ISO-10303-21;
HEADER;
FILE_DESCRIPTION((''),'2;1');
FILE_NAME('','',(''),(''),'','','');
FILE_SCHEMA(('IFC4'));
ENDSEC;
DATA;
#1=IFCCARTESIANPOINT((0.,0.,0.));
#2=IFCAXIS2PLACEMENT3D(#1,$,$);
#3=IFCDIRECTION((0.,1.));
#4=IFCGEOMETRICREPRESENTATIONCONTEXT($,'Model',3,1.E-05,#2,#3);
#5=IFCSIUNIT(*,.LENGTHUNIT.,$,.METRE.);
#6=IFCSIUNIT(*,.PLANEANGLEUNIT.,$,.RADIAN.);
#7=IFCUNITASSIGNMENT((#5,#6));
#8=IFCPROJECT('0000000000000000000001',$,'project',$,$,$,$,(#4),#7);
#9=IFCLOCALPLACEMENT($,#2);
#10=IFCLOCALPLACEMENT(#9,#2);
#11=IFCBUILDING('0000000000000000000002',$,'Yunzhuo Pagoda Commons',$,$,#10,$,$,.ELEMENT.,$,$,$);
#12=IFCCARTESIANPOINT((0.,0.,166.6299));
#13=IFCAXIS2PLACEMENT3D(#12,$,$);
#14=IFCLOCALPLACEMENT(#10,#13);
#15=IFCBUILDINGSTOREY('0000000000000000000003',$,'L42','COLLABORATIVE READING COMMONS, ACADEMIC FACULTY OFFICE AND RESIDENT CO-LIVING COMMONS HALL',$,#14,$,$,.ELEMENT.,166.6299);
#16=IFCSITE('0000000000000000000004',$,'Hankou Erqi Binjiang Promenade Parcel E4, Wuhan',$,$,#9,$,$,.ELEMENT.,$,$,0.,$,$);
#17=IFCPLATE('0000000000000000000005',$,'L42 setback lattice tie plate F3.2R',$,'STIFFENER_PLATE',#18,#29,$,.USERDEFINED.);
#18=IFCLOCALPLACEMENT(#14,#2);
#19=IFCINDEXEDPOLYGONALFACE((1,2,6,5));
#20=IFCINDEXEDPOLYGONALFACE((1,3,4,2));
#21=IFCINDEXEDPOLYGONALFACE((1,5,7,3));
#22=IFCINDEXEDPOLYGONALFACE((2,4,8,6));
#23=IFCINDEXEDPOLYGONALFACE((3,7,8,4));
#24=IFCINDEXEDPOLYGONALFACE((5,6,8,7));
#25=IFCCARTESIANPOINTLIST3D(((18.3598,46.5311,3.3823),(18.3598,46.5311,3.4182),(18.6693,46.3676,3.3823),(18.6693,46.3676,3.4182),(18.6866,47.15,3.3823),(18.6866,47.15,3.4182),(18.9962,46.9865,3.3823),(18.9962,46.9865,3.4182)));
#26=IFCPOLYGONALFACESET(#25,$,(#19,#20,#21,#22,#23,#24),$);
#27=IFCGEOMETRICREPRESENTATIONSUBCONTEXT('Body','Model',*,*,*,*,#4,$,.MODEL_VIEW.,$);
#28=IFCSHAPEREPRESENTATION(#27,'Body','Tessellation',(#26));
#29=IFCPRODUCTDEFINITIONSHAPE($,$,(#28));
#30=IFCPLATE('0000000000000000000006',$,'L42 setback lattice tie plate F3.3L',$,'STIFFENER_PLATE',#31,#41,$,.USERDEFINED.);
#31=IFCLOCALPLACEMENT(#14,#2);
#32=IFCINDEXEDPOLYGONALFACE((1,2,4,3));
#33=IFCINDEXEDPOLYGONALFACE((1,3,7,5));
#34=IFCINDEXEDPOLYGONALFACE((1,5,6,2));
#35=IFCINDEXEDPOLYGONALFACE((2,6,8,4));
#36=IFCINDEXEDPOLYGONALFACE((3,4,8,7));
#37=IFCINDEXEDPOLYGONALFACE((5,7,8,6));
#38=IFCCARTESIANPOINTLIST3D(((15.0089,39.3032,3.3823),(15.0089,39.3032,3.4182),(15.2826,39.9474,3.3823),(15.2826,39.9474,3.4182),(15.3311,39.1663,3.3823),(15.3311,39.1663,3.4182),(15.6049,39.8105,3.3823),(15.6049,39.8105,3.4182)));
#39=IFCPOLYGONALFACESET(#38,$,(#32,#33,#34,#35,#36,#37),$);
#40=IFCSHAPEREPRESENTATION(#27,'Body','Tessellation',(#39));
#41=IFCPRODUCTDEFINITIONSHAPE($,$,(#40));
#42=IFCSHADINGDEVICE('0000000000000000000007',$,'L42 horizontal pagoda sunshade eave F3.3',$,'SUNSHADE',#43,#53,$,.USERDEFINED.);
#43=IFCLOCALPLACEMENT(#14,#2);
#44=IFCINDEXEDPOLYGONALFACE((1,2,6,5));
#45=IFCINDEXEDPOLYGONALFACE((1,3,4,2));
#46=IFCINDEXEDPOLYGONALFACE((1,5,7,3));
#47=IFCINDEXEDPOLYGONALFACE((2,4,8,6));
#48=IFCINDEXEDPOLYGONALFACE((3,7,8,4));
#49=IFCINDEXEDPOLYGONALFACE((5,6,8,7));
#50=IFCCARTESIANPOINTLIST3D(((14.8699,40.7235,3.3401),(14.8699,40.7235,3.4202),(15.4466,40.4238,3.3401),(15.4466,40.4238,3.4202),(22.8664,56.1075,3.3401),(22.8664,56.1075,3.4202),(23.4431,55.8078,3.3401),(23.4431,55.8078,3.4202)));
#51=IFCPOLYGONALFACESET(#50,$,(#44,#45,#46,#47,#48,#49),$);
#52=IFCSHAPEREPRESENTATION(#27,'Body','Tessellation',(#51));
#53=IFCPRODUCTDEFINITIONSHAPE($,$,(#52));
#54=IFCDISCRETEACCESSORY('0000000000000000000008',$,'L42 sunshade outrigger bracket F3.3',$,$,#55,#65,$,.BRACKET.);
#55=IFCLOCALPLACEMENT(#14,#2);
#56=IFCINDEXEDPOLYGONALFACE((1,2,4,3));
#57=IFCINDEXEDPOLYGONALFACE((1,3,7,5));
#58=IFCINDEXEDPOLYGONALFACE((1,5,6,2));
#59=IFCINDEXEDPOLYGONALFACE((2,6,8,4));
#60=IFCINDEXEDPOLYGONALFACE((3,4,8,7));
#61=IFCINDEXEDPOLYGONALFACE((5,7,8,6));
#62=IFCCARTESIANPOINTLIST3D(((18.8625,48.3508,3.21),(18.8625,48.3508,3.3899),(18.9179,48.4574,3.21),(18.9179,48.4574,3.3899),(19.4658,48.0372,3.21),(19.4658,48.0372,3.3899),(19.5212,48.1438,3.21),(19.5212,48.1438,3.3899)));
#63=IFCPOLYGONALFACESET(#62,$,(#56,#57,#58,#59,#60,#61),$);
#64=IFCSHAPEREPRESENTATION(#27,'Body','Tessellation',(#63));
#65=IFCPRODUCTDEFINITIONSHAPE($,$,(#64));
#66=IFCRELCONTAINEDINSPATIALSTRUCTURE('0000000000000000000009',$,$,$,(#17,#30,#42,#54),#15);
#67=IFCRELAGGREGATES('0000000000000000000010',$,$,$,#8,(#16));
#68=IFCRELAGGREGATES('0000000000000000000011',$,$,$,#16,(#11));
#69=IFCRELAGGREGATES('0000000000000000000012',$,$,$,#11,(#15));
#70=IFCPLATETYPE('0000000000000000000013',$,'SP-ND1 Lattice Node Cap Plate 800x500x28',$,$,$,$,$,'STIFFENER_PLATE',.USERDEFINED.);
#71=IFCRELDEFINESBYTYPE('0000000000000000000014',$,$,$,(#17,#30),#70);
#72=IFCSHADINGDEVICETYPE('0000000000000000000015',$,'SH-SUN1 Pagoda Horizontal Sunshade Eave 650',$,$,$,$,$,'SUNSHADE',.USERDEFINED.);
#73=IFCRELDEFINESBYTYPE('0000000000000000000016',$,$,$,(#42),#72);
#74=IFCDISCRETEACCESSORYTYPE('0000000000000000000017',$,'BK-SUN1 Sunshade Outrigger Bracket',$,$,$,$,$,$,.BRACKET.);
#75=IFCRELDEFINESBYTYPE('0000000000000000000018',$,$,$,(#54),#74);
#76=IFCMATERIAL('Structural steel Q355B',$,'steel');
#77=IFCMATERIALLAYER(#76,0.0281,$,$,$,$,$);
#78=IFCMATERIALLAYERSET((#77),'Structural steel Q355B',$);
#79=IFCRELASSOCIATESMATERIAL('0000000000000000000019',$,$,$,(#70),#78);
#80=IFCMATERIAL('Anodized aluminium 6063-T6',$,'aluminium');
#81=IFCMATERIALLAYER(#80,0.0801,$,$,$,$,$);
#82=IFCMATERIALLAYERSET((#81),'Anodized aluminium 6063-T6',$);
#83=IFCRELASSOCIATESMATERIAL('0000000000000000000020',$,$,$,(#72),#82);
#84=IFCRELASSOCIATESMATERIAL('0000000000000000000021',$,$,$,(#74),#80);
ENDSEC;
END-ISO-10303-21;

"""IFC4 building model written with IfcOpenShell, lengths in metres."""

from ifc_helpers import new_model, si_unit, direction, frame, origin, origin_2d, place, context, subcontext, project, spatial, rectangle, extrude, source, transform, mapped, material, layer, layer_set, type_object, element, save


model = new_model("IFC4")

# Units and contexts
model_context = context("Model", 3, precision=1e-05, world=origin(), true_north=direction((0.0, 1.0)))
body_context = subcontext(model_context, "Body", "Model", "MODEL_VIEW")
ifc_project = project(units=[si_unit("LENGTHUNIT", "METRE"), si_unit("PLANEANGLEUNIT", "RADIAN")], contexts=[model_context])

# Site, building, storey
site_placement = place(None, origin())
site = spatial("IfcSite", under=ifc_project, at=site_placement, Name="Hankou Erqi Binjiang Promenade Parcel E4, Wuhan", CompositionType="ELEMENT", RefElevation=0.0)
building_placement = place(site_placement, origin())
building = spatial("IfcBuilding", under=site, at=building_placement, Name="Yunzhuo Pagoda Commons", CompositionType="ELEMENT")
storey_placement = place(building_placement, frame((0.0, 0.0, 166.6299)))
storey = spatial("IfcBuildingStorey", under=building, at=storey_placement, Name="L42", Description="COLLABORATIVE READING COMMONS, ACADEMIC FACULTY OFFICE AND RESIDENT CO-LIVING COMMONS HALL", CompositionType="ELEMENT", Elevation=166.6299)

# Shared definitions
ifc_material_1 = material(Name="Structural steel Q355B", Category="steel")

# Shared definitions
ifc_material_2 = material(Name="Anodized aluminium 6063-T6", Category="aluminium")

# Plates
ifc_layer_1 = layer(ifc_material_1, 0.0281)
ifc_layer_set_1 = layer_set([ifc_layer_1], Name="Structural steel Q355B")
plate_type_1 = type_object("IfcPlateType", Name="SP-ND1 Lattice Node Cap Plate 800x500x28", ElementType="STIFFENER_PLATE", PredefinedType="USERDEFINED", material=ifc_layer_set_1)
shared_shape_1 = source(origin(), body_context, "Body", "SweptSolid", [
    extrude(rectangle(XDim=0.7, YDim=0.3501, at=origin_2d()), origin(), (0.0, 0.0, 1.0), 0.0359),
])
for number, where, z_axis, x_axis, name in (
    (1, (18.678, 46.7588, 3.3823), (0.0, 0.0, 1.0), (-0.466989, -0.884263, 0.0), "L42 setback lattice tie plate F3.2R"),
    (2, (15.3069, 39.5569, 3.3823), (0.0, 0.0, 1.0), (-0.391068, -0.920362, 0.0), "L42 setback lattice tie plate F3.3L"),
):
    element("IfcPlate", number, at=place(storey_placement, frame(where, z_axis=z_axis, x_axis=x_axis)), inside=storey, type_object=plate_type_1, Name=name, ObjectType="STIFFENER_PLATE", PredefinedType="USERDEFINED", context=body_context, shape_type="MappedRepresentation", body=[
        mapped(shared_shape_1, transform((0.0, 0.0, 0.0), scale=1.0)),
    ])

# Shading device
ifc_layer_2 = layer(ifc_material_2, 0.0801)
ifc_layer_set_2 = layer_set([ifc_layer_2], Name="Anodized aluminium 6063-T6")
shading_device_type = type_object("IfcShadingDeviceType", Name="SH-SUN1 Pagoda Horizontal Sunshade Eave 650", ElementType="SUNSHADE", PredefinedType="USERDEFINED", material=ifc_layer_set_2)
shared_shape_2 = source(origin(), body_context, "Body", "SweptSolid", [
    extrude(rectangle(XDim=17.3381, YDim=0.6499, at=origin_2d()), origin(), (0.0, 0.0, 1.0), 0.0801),
])
shading_device_placement = place(storey_placement, frame((19.1565, 48.2656, 3.3401), z_axis=(0.0, 0.0, 1.0), x_axis=(-0.461207, -0.887293, 0.0)))
element("IfcShadingDevice", 3, at=shading_device_placement, inside=storey, type_object=shading_device_type, Name="L42 horizontal pagoda sunshade eave F3.3", ObjectType="SUNSHADE", PredefinedType="USERDEFINED", context=body_context, shape_type="MappedRepresentation", body=[
    mapped(shared_shape_2, transform((0.0, 0.0, 0.0), scale=1.0)),
])

# Discrete accessory
discrete_accessory_type = type_object("IfcDiscreteAccessoryType", Name="BK-SUN1 Sunshade Outrigger Bracket", PredefinedType="BRACKET", material=ifc_material_2)
shared_shape_3 = source(origin(), body_context, "Body", "SweptSolid", [
    extrude(rectangle(XDim=0.1201, YDim=0.6799, at=origin_2d()), origin(), (0.0, 0.0, 1.0), 0.1799),
])
discrete_accessory_placement = place(storey_placement, frame((19.1919, 48.2473, 3.21), z_axis=(0.0, 0.0, 1.0), x_axis=(-0.461207, -0.887293, 0.0)))
element("IfcDiscreteAccessory", 4, at=discrete_accessory_placement, inside=storey, type_object=discrete_accessory_type, Name="L42 sunshade outrigger bracket F3.3", PredefinedType="BRACKET", context=body_context, shape_type="MappedRepresentation", body=[
    mapped(shared_shape_3, transform((0.0, 0.0, 0.0), scale=1.0)),
])

save(model, "model.ifc")
